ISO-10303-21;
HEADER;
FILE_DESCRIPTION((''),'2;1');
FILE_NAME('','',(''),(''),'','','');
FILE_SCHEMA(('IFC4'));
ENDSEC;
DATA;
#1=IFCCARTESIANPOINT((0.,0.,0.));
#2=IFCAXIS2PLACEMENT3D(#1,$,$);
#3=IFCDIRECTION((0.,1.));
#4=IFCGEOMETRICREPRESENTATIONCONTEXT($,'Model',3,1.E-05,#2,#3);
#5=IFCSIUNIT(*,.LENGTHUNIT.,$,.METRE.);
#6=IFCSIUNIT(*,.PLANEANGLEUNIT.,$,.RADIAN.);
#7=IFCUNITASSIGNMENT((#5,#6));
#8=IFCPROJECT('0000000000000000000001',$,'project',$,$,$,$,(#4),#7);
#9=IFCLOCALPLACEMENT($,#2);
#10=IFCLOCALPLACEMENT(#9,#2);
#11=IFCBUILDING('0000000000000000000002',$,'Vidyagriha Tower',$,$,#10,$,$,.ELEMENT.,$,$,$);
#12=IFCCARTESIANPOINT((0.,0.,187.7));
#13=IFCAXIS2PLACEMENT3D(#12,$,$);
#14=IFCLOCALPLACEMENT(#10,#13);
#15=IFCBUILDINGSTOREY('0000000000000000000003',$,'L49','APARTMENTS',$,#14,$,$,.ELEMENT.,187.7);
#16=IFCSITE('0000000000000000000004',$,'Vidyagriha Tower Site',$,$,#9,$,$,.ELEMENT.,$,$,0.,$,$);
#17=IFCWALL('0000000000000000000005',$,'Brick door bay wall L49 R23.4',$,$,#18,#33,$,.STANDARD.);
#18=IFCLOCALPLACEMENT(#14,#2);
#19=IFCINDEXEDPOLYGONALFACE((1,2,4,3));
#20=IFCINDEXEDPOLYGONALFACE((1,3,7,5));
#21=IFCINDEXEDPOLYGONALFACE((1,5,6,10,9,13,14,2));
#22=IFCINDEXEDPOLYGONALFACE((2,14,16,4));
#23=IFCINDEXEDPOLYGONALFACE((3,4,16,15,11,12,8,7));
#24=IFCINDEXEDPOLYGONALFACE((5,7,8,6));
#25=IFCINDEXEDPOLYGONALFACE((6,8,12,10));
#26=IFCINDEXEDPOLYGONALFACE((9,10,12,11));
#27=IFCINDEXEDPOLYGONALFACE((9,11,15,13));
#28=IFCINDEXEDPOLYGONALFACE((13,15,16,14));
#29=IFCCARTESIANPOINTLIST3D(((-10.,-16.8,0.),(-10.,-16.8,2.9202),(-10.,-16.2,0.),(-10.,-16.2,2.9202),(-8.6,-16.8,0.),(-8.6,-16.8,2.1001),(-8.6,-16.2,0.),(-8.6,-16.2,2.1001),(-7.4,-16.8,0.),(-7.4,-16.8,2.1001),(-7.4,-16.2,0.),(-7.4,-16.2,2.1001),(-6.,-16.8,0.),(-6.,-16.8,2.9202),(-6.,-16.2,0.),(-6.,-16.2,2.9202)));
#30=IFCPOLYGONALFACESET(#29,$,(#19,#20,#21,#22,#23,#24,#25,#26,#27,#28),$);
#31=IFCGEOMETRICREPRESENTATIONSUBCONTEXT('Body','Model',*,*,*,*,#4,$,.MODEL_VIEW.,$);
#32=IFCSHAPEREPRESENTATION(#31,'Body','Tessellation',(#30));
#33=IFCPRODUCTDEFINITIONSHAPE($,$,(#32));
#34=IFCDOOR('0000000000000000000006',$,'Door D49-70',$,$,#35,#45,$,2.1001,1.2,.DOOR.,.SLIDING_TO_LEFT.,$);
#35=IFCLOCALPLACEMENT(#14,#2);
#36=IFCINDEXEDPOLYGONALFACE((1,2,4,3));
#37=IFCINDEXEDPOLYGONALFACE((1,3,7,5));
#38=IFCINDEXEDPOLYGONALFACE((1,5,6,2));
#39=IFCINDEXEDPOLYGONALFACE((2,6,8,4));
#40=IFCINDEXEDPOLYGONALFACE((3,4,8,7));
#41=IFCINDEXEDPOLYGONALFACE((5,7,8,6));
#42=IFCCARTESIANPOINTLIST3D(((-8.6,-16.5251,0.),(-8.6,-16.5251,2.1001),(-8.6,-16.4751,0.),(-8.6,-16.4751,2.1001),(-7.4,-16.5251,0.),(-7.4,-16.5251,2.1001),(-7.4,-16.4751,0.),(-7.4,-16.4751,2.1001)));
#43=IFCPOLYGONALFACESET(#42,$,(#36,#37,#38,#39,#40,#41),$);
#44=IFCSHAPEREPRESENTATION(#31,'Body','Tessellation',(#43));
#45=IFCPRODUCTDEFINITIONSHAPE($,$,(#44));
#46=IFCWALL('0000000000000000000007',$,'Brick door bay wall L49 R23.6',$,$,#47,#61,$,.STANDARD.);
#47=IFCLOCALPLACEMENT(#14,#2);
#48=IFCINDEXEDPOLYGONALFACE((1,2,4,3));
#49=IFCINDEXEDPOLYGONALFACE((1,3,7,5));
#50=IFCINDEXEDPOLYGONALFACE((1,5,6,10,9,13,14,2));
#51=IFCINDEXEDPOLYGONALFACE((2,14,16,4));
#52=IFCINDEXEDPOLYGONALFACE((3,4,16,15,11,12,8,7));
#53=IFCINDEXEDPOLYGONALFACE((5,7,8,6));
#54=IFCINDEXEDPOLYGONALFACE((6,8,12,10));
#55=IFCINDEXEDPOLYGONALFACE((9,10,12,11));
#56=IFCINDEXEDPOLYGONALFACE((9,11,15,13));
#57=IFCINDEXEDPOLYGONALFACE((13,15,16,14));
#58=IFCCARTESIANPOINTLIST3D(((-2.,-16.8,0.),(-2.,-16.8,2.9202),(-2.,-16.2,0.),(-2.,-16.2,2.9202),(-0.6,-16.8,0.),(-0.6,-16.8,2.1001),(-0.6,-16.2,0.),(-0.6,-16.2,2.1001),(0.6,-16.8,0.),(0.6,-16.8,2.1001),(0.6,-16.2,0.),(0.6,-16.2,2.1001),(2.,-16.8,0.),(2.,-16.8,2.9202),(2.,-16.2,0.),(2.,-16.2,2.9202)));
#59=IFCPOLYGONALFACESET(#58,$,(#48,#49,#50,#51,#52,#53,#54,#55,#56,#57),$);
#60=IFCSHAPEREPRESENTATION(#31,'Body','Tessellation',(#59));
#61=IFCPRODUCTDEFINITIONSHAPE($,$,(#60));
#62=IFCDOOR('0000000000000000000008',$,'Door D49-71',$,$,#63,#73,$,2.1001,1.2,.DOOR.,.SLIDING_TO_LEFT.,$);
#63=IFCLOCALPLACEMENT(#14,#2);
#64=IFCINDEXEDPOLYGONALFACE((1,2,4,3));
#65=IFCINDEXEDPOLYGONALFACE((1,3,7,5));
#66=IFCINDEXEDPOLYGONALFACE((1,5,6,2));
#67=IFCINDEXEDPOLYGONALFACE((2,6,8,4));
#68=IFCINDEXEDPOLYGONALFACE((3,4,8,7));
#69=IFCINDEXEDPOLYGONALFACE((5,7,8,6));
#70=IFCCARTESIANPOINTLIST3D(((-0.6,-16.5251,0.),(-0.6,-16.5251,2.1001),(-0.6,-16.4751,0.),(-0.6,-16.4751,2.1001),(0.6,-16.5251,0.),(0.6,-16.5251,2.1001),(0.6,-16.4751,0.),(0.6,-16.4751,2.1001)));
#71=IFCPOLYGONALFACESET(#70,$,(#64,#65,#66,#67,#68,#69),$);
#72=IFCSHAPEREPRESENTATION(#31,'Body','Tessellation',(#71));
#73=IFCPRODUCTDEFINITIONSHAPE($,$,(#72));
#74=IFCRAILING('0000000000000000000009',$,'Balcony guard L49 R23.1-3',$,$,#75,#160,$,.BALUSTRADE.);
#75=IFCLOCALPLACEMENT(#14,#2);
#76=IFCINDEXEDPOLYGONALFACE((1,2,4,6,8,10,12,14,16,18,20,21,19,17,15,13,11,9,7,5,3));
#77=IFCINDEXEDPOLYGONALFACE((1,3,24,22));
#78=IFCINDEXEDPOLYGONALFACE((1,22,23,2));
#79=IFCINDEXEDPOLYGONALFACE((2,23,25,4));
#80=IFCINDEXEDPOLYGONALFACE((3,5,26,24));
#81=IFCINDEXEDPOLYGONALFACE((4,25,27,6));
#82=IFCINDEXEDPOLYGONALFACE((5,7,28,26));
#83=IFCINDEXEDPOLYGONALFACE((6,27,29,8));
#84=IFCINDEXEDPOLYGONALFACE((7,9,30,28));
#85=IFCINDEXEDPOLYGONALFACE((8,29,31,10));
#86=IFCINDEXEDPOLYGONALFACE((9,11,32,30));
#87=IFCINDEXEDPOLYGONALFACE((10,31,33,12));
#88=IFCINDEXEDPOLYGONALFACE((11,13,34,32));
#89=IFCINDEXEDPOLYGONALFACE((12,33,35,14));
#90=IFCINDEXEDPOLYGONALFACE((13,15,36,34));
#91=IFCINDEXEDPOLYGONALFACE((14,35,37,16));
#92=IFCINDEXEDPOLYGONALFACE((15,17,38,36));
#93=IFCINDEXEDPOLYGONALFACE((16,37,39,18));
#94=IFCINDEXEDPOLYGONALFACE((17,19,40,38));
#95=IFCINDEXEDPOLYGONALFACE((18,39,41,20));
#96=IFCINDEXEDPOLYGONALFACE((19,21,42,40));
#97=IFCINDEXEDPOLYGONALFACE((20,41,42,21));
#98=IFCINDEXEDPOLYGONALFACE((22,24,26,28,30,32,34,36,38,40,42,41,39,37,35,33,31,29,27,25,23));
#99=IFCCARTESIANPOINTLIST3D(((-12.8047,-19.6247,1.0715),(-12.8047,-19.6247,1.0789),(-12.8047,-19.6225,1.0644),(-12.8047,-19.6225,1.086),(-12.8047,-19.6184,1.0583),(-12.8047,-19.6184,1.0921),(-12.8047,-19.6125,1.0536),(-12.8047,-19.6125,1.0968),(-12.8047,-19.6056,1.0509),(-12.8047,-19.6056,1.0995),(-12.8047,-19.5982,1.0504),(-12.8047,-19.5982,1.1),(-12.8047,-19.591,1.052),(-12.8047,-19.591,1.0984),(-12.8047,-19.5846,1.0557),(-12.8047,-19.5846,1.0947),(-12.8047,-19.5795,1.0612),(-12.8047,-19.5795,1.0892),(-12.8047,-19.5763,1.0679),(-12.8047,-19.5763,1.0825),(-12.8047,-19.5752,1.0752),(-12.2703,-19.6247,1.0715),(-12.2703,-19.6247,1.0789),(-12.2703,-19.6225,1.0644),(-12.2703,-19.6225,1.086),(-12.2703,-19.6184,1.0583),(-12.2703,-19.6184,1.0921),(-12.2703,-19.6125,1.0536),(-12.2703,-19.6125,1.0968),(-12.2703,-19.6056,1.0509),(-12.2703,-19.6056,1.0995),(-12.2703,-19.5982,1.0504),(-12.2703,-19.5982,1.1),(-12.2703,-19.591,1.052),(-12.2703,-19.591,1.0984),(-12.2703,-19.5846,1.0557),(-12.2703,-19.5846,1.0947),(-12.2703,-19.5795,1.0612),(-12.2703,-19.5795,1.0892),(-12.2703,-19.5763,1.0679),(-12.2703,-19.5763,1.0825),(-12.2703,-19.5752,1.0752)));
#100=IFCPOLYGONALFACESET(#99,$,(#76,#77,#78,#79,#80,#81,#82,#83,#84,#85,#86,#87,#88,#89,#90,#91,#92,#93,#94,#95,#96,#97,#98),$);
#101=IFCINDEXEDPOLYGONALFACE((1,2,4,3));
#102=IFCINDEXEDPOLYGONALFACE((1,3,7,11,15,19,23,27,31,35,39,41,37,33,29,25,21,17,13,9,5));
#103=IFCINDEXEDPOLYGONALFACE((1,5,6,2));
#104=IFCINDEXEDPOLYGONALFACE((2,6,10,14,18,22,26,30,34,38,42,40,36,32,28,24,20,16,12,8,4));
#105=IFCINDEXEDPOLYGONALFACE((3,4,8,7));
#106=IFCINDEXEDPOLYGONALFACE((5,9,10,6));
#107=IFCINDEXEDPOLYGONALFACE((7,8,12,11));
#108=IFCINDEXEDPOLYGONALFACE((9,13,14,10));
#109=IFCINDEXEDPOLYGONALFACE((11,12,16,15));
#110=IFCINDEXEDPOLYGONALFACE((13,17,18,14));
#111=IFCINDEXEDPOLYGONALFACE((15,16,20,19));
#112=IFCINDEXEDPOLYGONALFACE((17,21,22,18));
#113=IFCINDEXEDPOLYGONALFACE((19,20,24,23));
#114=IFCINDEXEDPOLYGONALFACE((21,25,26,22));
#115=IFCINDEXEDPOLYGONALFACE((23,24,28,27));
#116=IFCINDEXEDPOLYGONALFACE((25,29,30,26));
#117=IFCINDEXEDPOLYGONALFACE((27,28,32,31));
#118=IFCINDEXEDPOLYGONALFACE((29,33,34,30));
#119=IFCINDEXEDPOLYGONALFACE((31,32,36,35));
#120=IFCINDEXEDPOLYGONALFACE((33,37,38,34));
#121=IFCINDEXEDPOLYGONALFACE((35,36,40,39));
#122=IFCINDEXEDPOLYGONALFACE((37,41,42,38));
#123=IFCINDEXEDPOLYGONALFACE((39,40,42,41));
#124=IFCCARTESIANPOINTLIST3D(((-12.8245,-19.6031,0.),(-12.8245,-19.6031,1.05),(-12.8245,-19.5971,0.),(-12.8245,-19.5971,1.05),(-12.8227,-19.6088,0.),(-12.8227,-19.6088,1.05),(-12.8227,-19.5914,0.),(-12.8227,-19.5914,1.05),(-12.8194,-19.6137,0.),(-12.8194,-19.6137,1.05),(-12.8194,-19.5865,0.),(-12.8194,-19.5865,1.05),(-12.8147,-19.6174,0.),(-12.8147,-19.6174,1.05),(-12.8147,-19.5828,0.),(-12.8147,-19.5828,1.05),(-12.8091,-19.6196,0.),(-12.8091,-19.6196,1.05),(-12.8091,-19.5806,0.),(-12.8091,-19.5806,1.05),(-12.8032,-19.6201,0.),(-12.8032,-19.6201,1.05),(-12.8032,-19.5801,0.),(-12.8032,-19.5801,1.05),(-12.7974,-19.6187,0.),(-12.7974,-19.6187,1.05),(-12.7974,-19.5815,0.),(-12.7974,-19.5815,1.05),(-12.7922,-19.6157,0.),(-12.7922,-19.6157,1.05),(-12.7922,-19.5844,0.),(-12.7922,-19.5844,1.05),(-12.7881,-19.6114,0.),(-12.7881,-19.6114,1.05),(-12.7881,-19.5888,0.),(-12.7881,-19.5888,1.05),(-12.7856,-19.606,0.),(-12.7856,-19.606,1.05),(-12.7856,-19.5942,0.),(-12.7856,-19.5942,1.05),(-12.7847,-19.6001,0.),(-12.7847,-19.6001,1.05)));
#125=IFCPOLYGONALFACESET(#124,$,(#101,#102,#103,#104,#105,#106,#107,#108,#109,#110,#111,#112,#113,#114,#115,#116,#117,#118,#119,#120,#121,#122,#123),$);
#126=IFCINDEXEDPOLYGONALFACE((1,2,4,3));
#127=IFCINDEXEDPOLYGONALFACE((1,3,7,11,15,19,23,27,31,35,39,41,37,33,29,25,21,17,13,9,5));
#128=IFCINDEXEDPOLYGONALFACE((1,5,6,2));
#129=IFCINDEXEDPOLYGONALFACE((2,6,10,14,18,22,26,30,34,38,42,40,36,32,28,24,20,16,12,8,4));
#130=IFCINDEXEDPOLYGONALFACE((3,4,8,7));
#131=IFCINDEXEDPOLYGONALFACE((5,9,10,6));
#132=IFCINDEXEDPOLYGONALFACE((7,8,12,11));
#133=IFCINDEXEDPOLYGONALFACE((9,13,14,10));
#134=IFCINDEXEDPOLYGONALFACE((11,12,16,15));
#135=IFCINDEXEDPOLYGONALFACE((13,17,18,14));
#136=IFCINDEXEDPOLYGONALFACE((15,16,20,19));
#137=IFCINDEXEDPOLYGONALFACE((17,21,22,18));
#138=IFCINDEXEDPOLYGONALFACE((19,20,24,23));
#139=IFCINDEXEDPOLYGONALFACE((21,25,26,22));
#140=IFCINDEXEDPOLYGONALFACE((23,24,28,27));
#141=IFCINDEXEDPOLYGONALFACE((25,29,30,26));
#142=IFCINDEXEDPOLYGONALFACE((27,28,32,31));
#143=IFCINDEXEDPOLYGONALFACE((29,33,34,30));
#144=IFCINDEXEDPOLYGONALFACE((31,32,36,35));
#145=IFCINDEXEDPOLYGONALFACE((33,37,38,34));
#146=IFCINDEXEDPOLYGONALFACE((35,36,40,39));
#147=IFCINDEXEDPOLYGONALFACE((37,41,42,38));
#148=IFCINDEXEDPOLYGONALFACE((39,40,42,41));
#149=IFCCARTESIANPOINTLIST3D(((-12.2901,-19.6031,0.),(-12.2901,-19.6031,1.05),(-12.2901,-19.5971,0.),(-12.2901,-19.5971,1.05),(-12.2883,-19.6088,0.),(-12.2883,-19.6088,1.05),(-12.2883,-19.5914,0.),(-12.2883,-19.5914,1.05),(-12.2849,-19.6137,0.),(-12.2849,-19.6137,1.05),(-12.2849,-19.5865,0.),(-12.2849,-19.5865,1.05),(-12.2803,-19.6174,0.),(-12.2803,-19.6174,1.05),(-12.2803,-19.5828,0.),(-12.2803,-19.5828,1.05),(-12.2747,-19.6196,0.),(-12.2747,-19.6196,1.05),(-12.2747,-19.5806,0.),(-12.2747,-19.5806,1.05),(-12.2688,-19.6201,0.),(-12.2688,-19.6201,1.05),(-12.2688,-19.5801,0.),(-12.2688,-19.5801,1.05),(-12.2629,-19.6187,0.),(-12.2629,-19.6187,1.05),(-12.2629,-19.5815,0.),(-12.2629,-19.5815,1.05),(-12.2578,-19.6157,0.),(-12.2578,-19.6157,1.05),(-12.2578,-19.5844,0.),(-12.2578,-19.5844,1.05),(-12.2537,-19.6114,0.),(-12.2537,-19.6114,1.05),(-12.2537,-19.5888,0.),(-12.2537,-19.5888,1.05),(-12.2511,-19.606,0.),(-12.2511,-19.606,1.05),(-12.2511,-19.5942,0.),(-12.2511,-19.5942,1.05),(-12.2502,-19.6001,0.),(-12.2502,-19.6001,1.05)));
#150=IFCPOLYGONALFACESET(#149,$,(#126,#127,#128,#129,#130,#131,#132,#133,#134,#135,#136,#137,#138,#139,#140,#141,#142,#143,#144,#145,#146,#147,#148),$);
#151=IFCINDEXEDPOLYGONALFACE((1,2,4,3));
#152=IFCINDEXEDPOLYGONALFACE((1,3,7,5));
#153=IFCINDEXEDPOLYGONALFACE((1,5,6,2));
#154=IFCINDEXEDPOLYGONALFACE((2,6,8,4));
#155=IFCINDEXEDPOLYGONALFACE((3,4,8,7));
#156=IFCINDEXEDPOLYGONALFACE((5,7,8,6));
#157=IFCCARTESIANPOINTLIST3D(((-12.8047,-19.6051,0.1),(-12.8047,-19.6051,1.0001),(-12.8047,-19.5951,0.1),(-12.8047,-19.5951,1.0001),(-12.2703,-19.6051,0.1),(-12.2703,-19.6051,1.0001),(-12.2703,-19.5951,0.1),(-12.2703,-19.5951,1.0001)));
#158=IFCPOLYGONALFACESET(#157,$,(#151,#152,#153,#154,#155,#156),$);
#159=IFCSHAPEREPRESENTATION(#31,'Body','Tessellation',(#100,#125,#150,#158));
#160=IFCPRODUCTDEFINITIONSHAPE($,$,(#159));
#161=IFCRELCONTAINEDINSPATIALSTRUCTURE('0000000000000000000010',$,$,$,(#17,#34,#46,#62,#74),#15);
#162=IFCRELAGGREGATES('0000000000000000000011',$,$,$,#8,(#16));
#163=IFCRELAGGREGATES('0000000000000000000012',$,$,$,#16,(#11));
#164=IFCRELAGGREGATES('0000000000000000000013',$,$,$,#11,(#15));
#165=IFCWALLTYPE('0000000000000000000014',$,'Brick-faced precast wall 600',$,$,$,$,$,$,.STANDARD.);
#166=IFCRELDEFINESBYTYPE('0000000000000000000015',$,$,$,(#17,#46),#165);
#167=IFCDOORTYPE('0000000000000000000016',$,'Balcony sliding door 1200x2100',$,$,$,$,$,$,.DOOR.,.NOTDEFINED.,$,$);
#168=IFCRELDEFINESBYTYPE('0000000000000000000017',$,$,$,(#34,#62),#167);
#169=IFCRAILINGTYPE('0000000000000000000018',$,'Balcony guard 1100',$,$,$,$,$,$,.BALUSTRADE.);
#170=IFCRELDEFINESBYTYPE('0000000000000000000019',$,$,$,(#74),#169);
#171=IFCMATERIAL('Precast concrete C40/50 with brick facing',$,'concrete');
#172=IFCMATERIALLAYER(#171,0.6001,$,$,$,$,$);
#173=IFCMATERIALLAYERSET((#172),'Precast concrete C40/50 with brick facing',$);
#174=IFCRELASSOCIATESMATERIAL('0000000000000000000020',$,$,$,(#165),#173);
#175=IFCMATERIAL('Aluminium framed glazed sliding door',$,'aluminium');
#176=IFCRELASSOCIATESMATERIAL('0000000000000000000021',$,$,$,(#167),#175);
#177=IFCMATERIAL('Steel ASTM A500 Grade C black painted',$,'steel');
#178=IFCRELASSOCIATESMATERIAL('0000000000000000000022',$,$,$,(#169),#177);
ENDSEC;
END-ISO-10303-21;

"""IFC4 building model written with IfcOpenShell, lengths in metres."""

from ifc_helpers import new_model, si_unit, direction, frame, frame_2d, origin, origin_2d, place, context, subcontext, project, spatial, rectangle, circle, extrude, material, layer, layer_set, type_object, element, fill, save


model = new_model("IFC4")

# Units and contexts
model_context = context("Model", 3, precision=1e-05, world=origin(), true_north=direction((0.0, 1.0)))
body_context = subcontext(model_context, "Body", "Model", "MODEL_VIEW")
ifc_project = project(units=[si_unit("LENGTHUNIT", "METRE"), si_unit("PLANEANGLEUNIT", "RADIAN")], contexts=[model_context])

# Site, building, storey
site_placement = place(None, origin())
site = spatial("IfcSite", under=ifc_project, at=site_placement, Name="Vidyagriha Tower Site", CompositionType="ELEMENT", RefElevation=0.0)
building_placement = place(site_placement, origin())
building = spatial("IfcBuilding", under=site, at=building_placement, Name="Vidyagriha Tower", CompositionType="ELEMENT")
storey_placement = place(building_placement, frame((0.0, 0.0, 187.7)))
storey = spatial("IfcBuildingStorey", under=building, at=storey_placement, Name="L49", Description="APARTMENTS", CompositionType="ELEMENT", Elevation=187.7)

# Walls, openings, doors
ifc_material_1 = material(Name="Precast concrete C40/50 with brick facing", Category="concrete")
ifc_layer_1 = layer(ifc_material_1, 0.6001)
ifc_layer_set_1 = layer_set([ifc_layer_1], Name="Precast concrete C40/50 with brick facing")
wall_type = type_object("IfcWallType", Name="Brick-faced precast wall 600", PredefinedType="STANDARD", material=ifc_layer_set_1)
wall_1_placement = place(storey_placement, frame((-10.0, -16.5, 0.0)))
wall_1 = element("IfcWall", 1, at=wall_1_placement, inside=storey, type_object=wall_type, Name="Brick door bay wall L49 R23.4", PredefinedType="STANDARD", context=body_context, shape_type="SweptSolid", body=[
    extrude(rectangle(XDim=4.0, YDim=0.6001, at=frame_2d((2.0, 0.0))), origin(), (0.0, 0.0, 1.0), 2.9202),
])
opening_1_placement = place(wall_1_placement, frame((1.3999, 0.0, 0.0)))
opening_1 = element("IfcOpeningElement", 2, at=opening_1_placement, cuts=wall_1, PredefinedType="OPENING", context=body_context, shape_type="SweptSolid", body=[
    extrude(rectangle(XDim=1.2, YDim=2.1001, at=frame_2d((0.6001, 1.05))), frame((0.0, 0.3101, 0.0), z_axis=(0.0, -1.0, 0.0), x_axis=(1.0, 0.0, 0.0)), (0.0, 0.0, 1.0), 0.6201),
])
ifc_material_2 = material(Name="Aluminium framed glazed sliding door", Category="aluminium")
door_type = type_object("IfcDoorType", Name="Balcony sliding door 1200x2100", OperationType="NOTDEFINED", PredefinedType="DOOR", material=ifc_material_2)
door_1_placement = place(opening_1_placement, origin())
door_1 = element("IfcDoor", 3, at=door_1_placement, inside=storey, type_object=door_type, Name="Door D49-70", OperationType="SLIDING_TO_LEFT", OverallHeight=2.1001, OverallWidth=1.2, PredefinedType="DOOR", context=body_context, shape_type="SweptSolid", body=[
    extrude(rectangle(XDim=1.2, YDim=2.1001, at=frame_2d((0.6001, 1.05))), frame((0.0, 0.0249, 0.0), z_axis=(0.0, -1.0, 0.0), x_axis=(1.0, 0.0, 0.0)), (0.0, 0.0, 1.0), 0.05),
])
fill(opening_1, door_1)
wall_2_placement = place(storey_placement, frame((-2.0, -16.5, 0.0)))
wall_2 = element("IfcWall", 4, at=wall_2_placement, inside=storey, type_object=wall_type, Name="Brick door bay wall L49 R23.6", PredefinedType="STANDARD", context=body_context, shape_type="SweptSolid", body=[
    extrude(rectangle(XDim=4.0, YDim=0.6001, at=frame_2d((2.0, 0.0))), origin(), (0.0, 0.0, 1.0), 2.9202),
])
opening_2_placement = place(wall_2_placement, frame((1.3999, 0.0, 0.0)))
opening_2 = element("IfcOpeningElement", 5, at=opening_2_placement, cuts=wall_2, PredefinedType="OPENING", context=body_context, shape_type="SweptSolid", body=[
    extrude(rectangle(XDim=1.2, YDim=2.1001, at=frame_2d((0.6001, 1.05))), frame((0.0, 0.3101, 0.0), z_axis=(0.0, -1.0, 0.0), x_axis=(1.0, 0.0, 0.0)), (0.0, 0.0, 1.0), 0.6201),
])
door_2_placement = place(opening_2_placement, origin())
door_2 = element("IfcDoor", 6, at=door_2_placement, inside=storey, type_object=door_type, Name="Door D49-71", OperationType="SLIDING_TO_LEFT", OverallHeight=2.1001, OverallWidth=1.2, PredefinedType="DOOR", context=body_context, shape_type="SweptSolid", body=[
    extrude(rectangle(XDim=1.2, YDim=2.1001, at=frame_2d((0.6001, 1.05))), frame((0.0, 0.0249, 0.0), z_axis=(0.0, -1.0, 0.0), x_axis=(1.0, 0.0, 0.0)), (0.0, 0.0, 1.0), 0.05),
])
fill(opening_2, door_2)

# Railing
ifc_material_3 = material(Name="Steel ASTM A500 Grade C black painted", Category="steel")
railing_type = type_object("IfcRailingType", Name="Balcony guard 1100", PredefinedType="BALUSTRADE", material=ifc_material_3)
railing_1_placement = place(storey_placement, frame((-12.8047, -19.6001, 0.0)))
element("IfcRailing", 7, at=railing_1_placement, inside=storey, type_object=railing_type, Name="Balcony guard L49 R23.1-3", PredefinedType="BALUSTRADE", context=body_context, shape_type="SweptSolid", body=[
    extrude(circle(Radius=0.0249, at=origin_2d()), frame((0.0, 0.0, 1.0752), z_axis=(1.0, 0.0, 0.0), x_axis=(0.0, 1.0, 0.0)), (0.0, 0.0, 1.0), 0.5344),
    extrude(circle(Radius=0.02, at=origin_2d()), origin(), (0.0, 0.0, 1.0), 1.05),
    extrude(circle(Radius=0.02, at=origin_2d()), frame((0.5344, 0.0, 0.0)), (0.0, 0.0, 1.0), 1.05),
    extrude(rectangle(XDim=0.01, YDim=0.9001, at=origin_2d()), frame((0.0, 0.0, 0.55), z_axis=(1.0, 0.0, 0.0), x_axis=(0.0, 1.0, 0.0)), (0.0, 0.0, 1.0), 0.5344),
])

save(model, "model.ifc")
